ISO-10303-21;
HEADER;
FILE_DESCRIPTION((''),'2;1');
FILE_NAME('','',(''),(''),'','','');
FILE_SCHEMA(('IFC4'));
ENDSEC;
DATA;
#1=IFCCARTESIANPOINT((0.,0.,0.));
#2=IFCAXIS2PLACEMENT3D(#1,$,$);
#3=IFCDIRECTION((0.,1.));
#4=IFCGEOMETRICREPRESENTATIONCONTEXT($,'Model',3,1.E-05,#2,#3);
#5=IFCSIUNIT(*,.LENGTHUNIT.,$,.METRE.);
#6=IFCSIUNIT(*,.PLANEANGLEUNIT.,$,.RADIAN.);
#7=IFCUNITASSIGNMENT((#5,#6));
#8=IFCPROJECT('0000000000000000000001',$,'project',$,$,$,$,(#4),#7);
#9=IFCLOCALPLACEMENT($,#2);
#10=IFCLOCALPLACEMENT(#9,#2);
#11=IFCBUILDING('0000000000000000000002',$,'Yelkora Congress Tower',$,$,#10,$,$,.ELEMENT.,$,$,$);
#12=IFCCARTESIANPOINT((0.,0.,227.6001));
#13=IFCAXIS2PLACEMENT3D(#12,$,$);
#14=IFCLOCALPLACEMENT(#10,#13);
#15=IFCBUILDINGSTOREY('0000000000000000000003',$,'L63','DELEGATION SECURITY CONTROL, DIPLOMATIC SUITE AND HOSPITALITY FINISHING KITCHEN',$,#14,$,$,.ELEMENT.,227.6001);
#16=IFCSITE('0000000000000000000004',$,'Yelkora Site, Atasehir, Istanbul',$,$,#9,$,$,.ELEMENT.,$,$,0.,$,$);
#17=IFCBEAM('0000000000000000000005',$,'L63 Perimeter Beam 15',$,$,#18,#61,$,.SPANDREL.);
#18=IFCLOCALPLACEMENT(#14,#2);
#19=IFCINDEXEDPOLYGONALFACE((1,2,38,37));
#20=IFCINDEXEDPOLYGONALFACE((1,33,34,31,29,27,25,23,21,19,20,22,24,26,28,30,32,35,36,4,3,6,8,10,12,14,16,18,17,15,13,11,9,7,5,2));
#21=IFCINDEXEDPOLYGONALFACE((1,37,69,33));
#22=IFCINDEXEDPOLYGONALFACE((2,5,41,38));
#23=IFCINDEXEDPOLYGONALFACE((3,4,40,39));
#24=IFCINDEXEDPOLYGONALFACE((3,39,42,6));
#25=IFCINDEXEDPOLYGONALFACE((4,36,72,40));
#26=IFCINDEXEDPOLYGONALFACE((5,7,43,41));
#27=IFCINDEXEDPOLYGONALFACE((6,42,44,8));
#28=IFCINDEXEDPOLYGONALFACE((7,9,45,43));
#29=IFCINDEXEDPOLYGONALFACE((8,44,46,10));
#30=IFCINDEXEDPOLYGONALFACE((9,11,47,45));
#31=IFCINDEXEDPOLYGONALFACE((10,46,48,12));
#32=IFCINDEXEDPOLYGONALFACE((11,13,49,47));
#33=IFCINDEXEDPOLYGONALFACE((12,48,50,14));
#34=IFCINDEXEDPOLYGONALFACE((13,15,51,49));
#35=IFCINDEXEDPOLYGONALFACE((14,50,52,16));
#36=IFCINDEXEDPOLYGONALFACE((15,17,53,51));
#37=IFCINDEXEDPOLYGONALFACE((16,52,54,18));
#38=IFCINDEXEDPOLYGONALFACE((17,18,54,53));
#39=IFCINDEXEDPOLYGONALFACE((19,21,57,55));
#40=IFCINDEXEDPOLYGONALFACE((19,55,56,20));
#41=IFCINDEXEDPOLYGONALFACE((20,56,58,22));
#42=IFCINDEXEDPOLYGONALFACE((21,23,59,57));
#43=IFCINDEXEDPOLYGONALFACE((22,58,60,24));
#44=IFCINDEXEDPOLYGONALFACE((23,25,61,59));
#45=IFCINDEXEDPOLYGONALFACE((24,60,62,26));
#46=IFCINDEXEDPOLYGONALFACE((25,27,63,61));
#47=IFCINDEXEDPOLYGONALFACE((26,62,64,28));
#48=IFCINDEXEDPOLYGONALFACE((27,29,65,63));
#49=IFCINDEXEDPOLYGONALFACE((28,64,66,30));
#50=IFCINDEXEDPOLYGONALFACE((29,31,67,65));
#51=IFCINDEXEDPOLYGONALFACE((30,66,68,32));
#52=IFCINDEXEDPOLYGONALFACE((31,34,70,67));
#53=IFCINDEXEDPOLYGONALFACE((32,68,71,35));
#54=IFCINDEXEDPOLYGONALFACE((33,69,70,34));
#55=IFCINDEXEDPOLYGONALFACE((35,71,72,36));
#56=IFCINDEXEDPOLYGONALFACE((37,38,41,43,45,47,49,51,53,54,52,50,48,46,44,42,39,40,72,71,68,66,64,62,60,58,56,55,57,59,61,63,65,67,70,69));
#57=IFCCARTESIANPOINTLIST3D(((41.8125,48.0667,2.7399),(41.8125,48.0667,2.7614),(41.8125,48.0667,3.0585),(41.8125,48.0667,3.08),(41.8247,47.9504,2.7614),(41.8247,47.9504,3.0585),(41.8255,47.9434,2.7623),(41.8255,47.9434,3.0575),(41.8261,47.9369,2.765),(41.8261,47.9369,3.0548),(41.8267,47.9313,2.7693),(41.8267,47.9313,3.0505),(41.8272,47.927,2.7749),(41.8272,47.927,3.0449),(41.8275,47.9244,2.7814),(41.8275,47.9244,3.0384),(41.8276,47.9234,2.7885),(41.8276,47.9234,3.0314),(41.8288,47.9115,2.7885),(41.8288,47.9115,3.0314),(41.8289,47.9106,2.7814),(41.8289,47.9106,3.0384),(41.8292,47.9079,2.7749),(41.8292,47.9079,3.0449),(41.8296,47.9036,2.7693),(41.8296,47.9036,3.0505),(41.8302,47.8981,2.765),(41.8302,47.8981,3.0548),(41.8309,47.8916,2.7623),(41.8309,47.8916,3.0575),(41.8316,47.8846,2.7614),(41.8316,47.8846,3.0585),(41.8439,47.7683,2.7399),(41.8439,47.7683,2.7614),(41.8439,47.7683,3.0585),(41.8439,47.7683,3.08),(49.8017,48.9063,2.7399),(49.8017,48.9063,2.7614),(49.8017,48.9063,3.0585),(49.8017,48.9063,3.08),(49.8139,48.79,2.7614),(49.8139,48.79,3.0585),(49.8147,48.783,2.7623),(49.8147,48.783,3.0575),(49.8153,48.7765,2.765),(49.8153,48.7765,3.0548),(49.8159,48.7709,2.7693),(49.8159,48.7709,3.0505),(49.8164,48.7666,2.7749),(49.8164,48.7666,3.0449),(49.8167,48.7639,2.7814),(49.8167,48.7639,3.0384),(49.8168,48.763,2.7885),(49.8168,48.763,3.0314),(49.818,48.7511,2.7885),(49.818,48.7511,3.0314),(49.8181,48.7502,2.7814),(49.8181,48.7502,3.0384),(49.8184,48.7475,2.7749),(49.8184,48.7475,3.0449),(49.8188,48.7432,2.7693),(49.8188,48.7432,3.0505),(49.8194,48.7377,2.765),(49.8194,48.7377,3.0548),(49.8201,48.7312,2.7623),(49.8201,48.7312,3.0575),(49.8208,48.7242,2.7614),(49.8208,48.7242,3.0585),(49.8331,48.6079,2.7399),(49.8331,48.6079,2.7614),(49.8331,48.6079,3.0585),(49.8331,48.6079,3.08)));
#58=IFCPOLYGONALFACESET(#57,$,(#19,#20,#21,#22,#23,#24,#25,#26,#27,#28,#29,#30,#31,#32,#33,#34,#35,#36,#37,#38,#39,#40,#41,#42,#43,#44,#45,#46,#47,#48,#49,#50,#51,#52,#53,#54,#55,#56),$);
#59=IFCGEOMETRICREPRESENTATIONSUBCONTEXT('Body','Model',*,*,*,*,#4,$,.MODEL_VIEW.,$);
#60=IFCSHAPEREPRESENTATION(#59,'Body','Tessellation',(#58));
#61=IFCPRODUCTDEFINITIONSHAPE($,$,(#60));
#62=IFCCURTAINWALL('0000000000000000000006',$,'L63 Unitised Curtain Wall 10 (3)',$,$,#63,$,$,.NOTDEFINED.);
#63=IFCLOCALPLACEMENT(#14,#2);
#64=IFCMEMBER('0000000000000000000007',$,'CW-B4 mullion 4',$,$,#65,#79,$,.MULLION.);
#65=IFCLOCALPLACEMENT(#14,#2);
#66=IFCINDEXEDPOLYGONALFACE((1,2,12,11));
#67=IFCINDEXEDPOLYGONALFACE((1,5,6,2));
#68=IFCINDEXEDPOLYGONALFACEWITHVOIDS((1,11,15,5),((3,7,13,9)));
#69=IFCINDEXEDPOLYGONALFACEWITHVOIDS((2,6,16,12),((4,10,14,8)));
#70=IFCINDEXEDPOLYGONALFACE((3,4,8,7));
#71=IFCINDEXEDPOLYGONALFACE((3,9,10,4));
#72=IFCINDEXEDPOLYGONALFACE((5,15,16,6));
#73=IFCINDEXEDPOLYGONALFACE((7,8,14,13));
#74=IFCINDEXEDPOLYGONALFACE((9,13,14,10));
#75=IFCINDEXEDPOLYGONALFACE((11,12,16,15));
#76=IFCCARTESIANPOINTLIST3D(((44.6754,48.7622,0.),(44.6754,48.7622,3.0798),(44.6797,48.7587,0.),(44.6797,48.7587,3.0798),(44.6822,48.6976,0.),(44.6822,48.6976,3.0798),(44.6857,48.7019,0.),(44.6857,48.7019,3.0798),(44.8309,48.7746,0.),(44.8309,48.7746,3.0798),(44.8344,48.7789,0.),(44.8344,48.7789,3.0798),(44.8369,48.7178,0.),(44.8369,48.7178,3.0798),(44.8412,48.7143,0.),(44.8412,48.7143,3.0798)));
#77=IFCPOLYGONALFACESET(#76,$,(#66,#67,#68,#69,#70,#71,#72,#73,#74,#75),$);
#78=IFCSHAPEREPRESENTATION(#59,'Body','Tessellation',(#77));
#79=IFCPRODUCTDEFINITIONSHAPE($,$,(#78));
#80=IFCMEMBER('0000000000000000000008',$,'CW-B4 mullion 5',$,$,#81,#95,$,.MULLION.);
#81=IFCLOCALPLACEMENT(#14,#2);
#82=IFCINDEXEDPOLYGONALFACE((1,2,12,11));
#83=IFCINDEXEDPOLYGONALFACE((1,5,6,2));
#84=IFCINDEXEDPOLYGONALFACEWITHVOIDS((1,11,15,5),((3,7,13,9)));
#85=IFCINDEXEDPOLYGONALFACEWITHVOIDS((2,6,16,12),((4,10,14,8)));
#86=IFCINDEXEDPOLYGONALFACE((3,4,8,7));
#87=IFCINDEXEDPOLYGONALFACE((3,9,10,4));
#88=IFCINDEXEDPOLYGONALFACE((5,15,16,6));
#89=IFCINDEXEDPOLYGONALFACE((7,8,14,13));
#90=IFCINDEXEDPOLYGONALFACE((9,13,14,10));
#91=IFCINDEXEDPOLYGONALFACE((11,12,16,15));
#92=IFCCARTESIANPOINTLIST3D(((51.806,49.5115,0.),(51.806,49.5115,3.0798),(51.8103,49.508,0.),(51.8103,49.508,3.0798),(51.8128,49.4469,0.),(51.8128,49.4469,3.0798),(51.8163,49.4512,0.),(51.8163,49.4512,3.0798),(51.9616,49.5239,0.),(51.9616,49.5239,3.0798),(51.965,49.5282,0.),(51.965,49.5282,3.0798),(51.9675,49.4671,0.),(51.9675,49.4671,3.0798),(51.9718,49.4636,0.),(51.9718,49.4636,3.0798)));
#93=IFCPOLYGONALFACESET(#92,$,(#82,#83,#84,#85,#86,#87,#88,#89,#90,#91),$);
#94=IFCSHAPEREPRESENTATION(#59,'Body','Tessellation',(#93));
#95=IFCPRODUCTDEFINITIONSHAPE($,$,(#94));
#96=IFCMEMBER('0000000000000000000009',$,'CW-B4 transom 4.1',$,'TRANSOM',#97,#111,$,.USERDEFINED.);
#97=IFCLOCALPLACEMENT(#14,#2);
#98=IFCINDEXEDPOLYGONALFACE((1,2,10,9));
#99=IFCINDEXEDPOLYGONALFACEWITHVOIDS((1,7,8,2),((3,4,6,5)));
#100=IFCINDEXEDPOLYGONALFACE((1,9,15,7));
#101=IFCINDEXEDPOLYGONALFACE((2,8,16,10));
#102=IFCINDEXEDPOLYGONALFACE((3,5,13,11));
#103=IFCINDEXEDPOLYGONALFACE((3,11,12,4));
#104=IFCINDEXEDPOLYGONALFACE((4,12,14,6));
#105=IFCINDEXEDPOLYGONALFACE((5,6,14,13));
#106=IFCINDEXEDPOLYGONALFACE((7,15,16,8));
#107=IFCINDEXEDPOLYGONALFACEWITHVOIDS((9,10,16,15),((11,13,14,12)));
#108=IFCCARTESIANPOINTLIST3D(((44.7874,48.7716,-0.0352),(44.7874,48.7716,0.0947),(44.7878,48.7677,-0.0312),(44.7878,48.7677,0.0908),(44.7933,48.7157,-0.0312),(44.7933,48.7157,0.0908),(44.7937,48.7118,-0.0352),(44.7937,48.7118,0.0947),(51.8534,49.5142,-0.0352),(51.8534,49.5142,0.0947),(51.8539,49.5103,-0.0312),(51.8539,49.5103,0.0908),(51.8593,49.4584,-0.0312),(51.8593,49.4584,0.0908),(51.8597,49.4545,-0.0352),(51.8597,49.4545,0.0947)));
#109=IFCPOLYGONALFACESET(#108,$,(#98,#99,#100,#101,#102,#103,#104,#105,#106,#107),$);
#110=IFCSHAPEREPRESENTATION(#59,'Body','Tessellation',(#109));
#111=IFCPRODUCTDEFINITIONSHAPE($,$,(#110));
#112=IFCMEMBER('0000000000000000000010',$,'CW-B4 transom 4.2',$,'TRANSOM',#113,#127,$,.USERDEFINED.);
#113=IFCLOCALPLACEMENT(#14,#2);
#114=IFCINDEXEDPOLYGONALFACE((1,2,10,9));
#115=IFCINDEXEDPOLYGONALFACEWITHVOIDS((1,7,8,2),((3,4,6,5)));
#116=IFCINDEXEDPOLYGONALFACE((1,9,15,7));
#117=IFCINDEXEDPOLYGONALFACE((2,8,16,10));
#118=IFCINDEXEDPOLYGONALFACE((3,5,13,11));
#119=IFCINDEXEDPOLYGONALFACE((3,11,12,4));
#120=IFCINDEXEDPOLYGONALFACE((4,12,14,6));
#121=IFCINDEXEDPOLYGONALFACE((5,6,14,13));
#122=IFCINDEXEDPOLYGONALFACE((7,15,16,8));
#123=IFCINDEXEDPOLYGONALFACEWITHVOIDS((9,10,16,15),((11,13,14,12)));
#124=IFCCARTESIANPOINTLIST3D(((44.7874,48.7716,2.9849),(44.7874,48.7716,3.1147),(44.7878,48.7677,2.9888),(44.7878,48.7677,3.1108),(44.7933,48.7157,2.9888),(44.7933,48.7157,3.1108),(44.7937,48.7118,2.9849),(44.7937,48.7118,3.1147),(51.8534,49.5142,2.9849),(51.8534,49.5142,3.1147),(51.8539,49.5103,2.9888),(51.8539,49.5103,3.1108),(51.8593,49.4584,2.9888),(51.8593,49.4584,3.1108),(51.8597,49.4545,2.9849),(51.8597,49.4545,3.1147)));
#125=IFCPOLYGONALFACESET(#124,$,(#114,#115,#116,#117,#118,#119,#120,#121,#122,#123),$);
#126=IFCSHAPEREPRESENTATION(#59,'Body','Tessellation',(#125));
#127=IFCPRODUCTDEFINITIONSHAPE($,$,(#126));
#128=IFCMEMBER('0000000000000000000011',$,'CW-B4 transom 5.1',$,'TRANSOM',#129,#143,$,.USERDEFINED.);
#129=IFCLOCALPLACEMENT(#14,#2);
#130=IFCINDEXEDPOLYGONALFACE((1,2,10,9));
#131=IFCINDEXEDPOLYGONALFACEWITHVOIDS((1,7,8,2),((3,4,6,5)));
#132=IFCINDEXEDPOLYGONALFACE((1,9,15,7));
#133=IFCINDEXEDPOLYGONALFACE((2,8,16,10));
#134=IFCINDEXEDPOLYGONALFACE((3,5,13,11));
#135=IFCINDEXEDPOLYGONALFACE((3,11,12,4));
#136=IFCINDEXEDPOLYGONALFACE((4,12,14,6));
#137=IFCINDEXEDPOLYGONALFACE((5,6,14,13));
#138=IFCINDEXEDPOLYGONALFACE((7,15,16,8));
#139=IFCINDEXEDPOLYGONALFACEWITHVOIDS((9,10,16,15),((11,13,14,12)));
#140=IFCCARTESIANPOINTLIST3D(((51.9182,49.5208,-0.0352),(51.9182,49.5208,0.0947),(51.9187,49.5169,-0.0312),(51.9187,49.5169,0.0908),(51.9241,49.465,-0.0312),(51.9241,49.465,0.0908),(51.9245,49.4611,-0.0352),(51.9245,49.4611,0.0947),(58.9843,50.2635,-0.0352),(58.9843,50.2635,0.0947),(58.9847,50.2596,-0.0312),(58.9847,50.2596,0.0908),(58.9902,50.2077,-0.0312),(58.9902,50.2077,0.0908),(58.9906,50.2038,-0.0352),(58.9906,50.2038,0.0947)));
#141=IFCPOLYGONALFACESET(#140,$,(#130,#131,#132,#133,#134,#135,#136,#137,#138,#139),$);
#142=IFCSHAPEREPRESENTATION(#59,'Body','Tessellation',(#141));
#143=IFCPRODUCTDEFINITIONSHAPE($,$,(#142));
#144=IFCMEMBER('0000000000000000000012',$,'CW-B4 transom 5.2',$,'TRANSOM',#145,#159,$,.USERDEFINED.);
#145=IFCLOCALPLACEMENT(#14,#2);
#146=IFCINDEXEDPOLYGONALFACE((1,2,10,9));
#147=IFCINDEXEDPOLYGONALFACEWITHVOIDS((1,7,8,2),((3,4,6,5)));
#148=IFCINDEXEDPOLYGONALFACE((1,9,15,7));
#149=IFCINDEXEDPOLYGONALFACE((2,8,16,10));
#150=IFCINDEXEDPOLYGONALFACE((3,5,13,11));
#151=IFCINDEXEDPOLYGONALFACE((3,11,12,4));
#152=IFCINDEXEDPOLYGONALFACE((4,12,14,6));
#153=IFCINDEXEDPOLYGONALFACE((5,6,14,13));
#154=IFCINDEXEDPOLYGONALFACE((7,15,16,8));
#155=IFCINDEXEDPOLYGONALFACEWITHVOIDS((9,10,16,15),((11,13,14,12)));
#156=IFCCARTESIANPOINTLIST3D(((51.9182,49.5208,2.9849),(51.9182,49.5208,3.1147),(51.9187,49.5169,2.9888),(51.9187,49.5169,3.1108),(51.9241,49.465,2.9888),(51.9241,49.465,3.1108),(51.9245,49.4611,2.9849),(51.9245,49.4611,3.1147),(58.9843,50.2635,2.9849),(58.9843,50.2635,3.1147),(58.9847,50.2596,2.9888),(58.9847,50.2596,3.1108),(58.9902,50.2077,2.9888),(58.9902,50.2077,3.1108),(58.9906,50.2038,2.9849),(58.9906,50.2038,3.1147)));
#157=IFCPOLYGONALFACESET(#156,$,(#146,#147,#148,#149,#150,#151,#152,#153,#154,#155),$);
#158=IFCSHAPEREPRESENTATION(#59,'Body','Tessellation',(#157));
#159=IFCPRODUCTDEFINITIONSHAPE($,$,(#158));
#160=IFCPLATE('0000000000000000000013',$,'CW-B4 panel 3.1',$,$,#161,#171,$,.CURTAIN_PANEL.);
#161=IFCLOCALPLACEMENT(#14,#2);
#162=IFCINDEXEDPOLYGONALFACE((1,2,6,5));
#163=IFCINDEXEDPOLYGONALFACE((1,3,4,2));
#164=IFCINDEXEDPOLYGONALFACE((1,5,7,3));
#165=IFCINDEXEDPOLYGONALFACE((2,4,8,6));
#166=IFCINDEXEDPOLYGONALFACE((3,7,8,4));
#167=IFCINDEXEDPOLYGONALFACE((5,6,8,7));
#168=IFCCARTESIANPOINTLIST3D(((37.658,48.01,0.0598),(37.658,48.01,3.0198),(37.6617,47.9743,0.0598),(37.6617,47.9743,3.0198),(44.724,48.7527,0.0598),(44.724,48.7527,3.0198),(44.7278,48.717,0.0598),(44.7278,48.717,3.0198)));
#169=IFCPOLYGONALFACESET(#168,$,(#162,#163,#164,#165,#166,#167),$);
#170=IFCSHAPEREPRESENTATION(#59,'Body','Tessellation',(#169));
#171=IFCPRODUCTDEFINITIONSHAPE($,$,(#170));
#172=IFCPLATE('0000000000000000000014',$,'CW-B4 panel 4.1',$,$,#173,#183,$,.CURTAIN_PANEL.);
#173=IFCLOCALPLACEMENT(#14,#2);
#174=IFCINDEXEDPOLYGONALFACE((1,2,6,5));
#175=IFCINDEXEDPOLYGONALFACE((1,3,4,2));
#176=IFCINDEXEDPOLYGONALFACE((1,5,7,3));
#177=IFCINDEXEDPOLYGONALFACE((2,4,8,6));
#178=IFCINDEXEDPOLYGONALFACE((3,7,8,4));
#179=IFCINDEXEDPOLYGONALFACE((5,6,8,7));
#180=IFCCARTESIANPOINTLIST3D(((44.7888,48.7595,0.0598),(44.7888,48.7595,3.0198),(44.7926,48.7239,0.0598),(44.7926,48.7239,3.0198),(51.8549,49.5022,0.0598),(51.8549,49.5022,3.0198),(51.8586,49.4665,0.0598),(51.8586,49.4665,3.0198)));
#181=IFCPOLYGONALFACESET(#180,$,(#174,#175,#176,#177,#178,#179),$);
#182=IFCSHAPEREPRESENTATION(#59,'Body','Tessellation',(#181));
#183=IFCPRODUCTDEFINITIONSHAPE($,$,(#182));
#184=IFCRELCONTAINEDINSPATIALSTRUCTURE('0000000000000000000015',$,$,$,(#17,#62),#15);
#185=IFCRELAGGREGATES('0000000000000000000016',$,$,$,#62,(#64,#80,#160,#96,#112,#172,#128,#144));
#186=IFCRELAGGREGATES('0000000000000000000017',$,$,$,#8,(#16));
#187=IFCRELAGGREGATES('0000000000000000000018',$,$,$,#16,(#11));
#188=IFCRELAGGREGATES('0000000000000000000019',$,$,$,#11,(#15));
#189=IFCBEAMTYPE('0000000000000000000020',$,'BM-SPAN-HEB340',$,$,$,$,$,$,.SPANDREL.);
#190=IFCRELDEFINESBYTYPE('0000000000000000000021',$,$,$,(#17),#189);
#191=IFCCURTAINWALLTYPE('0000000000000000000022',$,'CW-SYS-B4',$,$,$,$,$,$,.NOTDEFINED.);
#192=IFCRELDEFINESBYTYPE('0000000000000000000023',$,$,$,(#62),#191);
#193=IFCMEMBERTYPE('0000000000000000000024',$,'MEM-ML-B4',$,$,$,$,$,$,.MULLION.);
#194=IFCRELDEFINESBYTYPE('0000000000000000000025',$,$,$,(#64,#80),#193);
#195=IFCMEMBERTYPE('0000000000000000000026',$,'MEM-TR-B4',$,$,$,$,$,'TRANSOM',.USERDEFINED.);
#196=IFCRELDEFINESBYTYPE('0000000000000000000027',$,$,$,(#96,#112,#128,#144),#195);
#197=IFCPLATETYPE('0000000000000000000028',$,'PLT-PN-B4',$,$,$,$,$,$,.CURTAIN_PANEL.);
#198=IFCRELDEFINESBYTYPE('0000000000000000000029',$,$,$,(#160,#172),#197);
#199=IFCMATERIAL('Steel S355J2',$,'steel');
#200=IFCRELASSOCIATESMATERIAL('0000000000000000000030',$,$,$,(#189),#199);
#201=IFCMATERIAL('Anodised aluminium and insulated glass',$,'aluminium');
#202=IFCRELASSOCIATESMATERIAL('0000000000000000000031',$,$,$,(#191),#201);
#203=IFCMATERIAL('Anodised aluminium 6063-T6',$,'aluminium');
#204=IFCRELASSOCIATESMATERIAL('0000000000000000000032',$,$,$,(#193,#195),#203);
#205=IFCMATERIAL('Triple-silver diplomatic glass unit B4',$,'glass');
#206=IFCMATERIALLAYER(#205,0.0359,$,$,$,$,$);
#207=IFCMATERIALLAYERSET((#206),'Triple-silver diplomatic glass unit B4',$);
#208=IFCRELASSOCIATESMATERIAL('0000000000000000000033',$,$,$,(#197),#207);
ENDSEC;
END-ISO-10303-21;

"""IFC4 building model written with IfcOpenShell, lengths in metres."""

from ifc_helpers import new_model, si_unit, direction, frame, origin, origin_2d, place, context, subcontext, project, spatial, rectangle, hollow_rectangle, i_section, extrude, material, layer, layer_set, material_profile, profile_set, type_object, element, aggregate, save


model = new_model("IFC4")

# Units and contexts
model_context = context("Model", 3, precision=1e-05, world=origin(), true_north=direction((0.0, 1.0)))
body_context = subcontext(model_context, "Body", "Model", "MODEL_VIEW")
ifc_project = project(units=[si_unit("LENGTHUNIT", "METRE"), si_unit("PLANEANGLEUNIT", "RADIAN")], contexts=[model_context])

# Site, building, storey
site_placement = place(None, origin())
site = spatial("IfcSite", under=ifc_project, at=site_placement, Name="Yelkora Site, Atasehir, Istanbul", CompositionType="ELEMENT", RefElevation=0.0)
building_placement = place(site_placement, origin())
building = spatial("IfcBuilding", under=site, at=building_placement, Name="Yelkora Congress Tower", CompositionType="ELEMENT")
storey_placement = place(building_placement, frame((0.0, 0.0, 227.6001)))
storey = spatial("IfcBuildingStorey", under=building, at=storey_placement, Name="L63", Description="DELEGATION SECURITY CONTROL, DIPLOMATIC SUITE AND HOSPITALITY FINISHING KITCHEN", CompositionType="ELEMENT", Elevation=227.6001)

# Shared definitions
ifc_material_1 = material(Name="Steel S355J2", Category="steel")

# Beam
ifc_material_profile_1 = material_profile(ifc_material_1, i_section(OverallWidth=0.3, OverallDepth=0.3401, WebThickness=0.012, FlangeThickness=0.0215, FilletRadius=0.0271, at=origin_2d()), Name="HEB 340")
ifc_profile_set_1 = profile_set([ifc_material_profile_1], Name="Steel S355J2")
beam_type_1 = type_object("IfcBeamType", Name="BM-SPAN-HEB340", PredefinedType="SPANDREL", material=ifc_profile_set_1)
beam_1_placement = place(storey_placement, frame((49.8174, 48.7571, 2.9099), z_axis=(-0.994523, -0.104516, 0.0), x_axis=(0.104516, -0.994523, 0.0)))
element("IfcBeam", 1, at=beam_1_placement, inside=storey, type_object=beam_type_1, Name="L63 Perimeter Beam 15", PredefinedType="SPANDREL", context=body_context, shape_type="SweptSolid", body=[
    extrude(i_section(OverallWidth=0.3, OverallDepth=0.3401, WebThickness=0.012, FlangeThickness=0.0215, FilletRadius=0.0271, at=origin_2d()), origin(), (0.0, 0.0, 1.0), 8.0332),
])

# Curtain wall, members, plates
ifc_material_2 = material(Name="Anodised aluminium and insulated glass", Category="aluminium")
curtain_wall_type = type_object("IfcCurtainWallType", Name="CW-SYS-B4", PredefinedType="NOTDEFINED", material=ifc_material_2)
curtain_wall_placement = place(storey_placement, origin())
curtain_wall = element("IfcCurtainWall", 2, at=curtain_wall_placement, inside=storey, type_object=curtain_wall_type, Name="L63 Unitised Curtain Wall 10 (3)", PredefinedType="NOTDEFINED")
ifc_material_3 = material(Name="Anodised aluminium 6063-T6", Category="aluminium")
ifc_material_profile_2 = material_profile(ifc_material_3, hollow_rectangle(XDim=0.0649, YDim=0.1599, WallThickness=0.0039, at=origin_2d()), Name="ALU 65x160x4")
ifc_profile_set_2 = profile_set([ifc_material_profile_2], Name="Anodised aluminium 6063-T6")
member_type_1 = type_object("IfcMemberType", Name="MEM-ML-B4", PredefinedType="MULLION", material=ifc_profile_set_2)
member_1_placement = place(storey_placement, frame((44.7583, 48.7383, 0.0), z_axis=(0.0, 0.0, 1.0), x_axis=(-0.104528, 0.994522, 0.0)))
member_1 = element("IfcMember", 3, at=member_1_placement, type_object=member_type_1, Name="CW-B4 mullion 4", PredefinedType="MULLION", context=body_context, shape_type="SweptSolid", body=[
    extrude(hollow_rectangle(XDim=0.0649, YDim=0.1599, WallThickness=0.0039, at=origin_2d()), origin(), (0.0, 0.0, 1.0), 3.0798),
])
member_2_placement = place(storey_placement, frame((51.8889, 49.4875, 0.0), z_axis=(0.0, 0.0, 1.0), x_axis=(-0.104528, 0.994522, 0.0)))
member_2 = element("IfcMember", 4, at=member_2_placement, type_object=member_type_1, Name="CW-B4 mullion 5", PredefinedType="MULLION", context=body_context, shape_type="SweptSolid", body=[
    extrude(hollow_rectangle(XDim=0.0649, YDim=0.1599, WallThickness=0.0039, at=origin_2d()), origin(), (0.0, 0.0, 1.0), 3.0798),
])
ifc_material_profile_3 = material_profile(ifc_material_3, hollow_rectangle(XDim=0.0601, YDim=0.1299, WallThickness=0.0039, at=origin_2d()), Name="ALU 60x130x4")
ifc_profile_set_3 = profile_set([ifc_material_profile_3], Name="Anodised aluminium 6063-T6")
member_type_2 = type_object("IfcMemberType", Name="MEM-TR-B4", ElementType="TRANSOM", PredefinedType="USERDEFINED", material=ifc_profile_set_3)
member_3_placement = place(storey_placement, frame((44.7905, 48.7417, 0.0298), z_axis=(0.994522, 0.104527, 0.0), x_axis=(-0.104527, 0.994522, 0.0)))
member_3 = element("IfcMember", 5, at=member_3_placement, type_object=member_type_2, Name="CW-B4 transom 4.1", ObjectType="TRANSOM", PredefinedType="USERDEFINED", context=body_context, shape_type="SweptSolid", body=[
    extrude(hollow_rectangle(XDim=0.0601, YDim=0.1299, WallThickness=0.0039, at=origin_2d()), origin(), (0.0, 0.0, 1.0), 7.105),
])
member_4_placement = place(storey_placement, frame((44.7905, 48.7417, 3.0498), z_axis=(0.994522, 0.104527, 0.0), x_axis=(-0.104527, 0.994522, 0.0)))
member_4 = element("IfcMember", 6, at=member_4_placement, type_object=member_type_2, Name="CW-B4 transom 4.2", ObjectType="TRANSOM", PredefinedType="USERDEFINED", context=body_context, shape_type="SweptSolid", body=[
    extrude(hollow_rectangle(XDim=0.0601, YDim=0.1299, WallThickness=0.0039, at=origin_2d()), origin(), (0.0, 0.0, 1.0), 7.105),
])
member_5_placement = place(storey_placement, frame((51.9214, 49.491, 0.0298), z_axis=(0.994522, 0.104527, 0.0), x_axis=(-0.104527, 0.994522, 0.0)))
member_5 = element("IfcMember", 7, at=member_5_placement, type_object=member_type_2, Name="CW-B4 transom 5.1", ObjectType="TRANSOM", PredefinedType="USERDEFINED", context=body_context, shape_type="SweptSolid", body=[
    extrude(hollow_rectangle(XDim=0.0601, YDim=0.1299, WallThickness=0.0039, at=origin_2d()), origin(), (0.0, 0.0, 1.0), 7.105),
])
member_6_placement = place(storey_placement, frame((51.9214, 49.491, 3.0498), z_axis=(0.994522, 0.104527, 0.0), x_axis=(-0.104527, 0.994522, 0.0)))
member_6 = element("IfcMember", 8, at=member_6_placement, type_object=member_type_2, Name="CW-B4 transom 5.2", ObjectType="TRANSOM", PredefinedType="USERDEFINED", context=body_context, shape_type="SweptSolid", body=[
    extrude(hollow_rectangle(XDim=0.0601, YDim=0.1299, WallThickness=0.0039, at=origin_2d()), origin(), (0.0, 0.0, 1.0), 7.105),
])
ifc_material_4 = material(Name="Triple-silver diplomatic glass unit B4", Category="glass")
ifc_layer_1 = layer(ifc_material_4, 0.0359)
ifc_layer_set_1 = layer_set([ifc_layer_1], Name="Triple-silver diplomatic glass unit B4")
plate_type = type_object("IfcPlateType", Name="PLT-PN-B4", PredefinedType="CURTAIN_PANEL", material=ifc_layer_set_1)
plate_1_placement = place(storey_placement, frame((41.1929, 48.3635, 0.0598), z_axis=(0.0, 0.0, 1.0), x_axis=(0.994522, 0.104528, 0.0)))
plate_1 = element("IfcPlate", 9, at=plate_1_placement, type_object=plate_type, Name="CW-B4 panel 3.1", PredefinedType="CURTAIN_PANEL", context=body_context, shape_type="SweptSolid", body=[
    extrude(rectangle(XDim=7.105, YDim=0.0359, at=origin_2d()), origin(), (0.0, 0.0, 1.0), 2.96),
])
plate_2_placement = place(storey_placement, frame((48.3237, 49.113, 0.0598), z_axis=(0.0, 0.0, 1.0), x_axis=(0.994522, 0.104528, 0.0)))
plate_2 = element("IfcPlate", 10, at=plate_2_placement, type_object=plate_type, Name="CW-B4 panel 4.1", PredefinedType="CURTAIN_PANEL", context=body_context, shape_type="SweptSolid", body=[
    extrude(rectangle(XDim=7.105, YDim=0.0359, at=origin_2d()), origin(), (0.0, 0.0, 1.0), 2.96),
])
aggregate(curtain_wall, [member_1, member_2, plate_1, member_3, member_4, plate_2, member_5, member_6])

save(model, "model.ifc")
